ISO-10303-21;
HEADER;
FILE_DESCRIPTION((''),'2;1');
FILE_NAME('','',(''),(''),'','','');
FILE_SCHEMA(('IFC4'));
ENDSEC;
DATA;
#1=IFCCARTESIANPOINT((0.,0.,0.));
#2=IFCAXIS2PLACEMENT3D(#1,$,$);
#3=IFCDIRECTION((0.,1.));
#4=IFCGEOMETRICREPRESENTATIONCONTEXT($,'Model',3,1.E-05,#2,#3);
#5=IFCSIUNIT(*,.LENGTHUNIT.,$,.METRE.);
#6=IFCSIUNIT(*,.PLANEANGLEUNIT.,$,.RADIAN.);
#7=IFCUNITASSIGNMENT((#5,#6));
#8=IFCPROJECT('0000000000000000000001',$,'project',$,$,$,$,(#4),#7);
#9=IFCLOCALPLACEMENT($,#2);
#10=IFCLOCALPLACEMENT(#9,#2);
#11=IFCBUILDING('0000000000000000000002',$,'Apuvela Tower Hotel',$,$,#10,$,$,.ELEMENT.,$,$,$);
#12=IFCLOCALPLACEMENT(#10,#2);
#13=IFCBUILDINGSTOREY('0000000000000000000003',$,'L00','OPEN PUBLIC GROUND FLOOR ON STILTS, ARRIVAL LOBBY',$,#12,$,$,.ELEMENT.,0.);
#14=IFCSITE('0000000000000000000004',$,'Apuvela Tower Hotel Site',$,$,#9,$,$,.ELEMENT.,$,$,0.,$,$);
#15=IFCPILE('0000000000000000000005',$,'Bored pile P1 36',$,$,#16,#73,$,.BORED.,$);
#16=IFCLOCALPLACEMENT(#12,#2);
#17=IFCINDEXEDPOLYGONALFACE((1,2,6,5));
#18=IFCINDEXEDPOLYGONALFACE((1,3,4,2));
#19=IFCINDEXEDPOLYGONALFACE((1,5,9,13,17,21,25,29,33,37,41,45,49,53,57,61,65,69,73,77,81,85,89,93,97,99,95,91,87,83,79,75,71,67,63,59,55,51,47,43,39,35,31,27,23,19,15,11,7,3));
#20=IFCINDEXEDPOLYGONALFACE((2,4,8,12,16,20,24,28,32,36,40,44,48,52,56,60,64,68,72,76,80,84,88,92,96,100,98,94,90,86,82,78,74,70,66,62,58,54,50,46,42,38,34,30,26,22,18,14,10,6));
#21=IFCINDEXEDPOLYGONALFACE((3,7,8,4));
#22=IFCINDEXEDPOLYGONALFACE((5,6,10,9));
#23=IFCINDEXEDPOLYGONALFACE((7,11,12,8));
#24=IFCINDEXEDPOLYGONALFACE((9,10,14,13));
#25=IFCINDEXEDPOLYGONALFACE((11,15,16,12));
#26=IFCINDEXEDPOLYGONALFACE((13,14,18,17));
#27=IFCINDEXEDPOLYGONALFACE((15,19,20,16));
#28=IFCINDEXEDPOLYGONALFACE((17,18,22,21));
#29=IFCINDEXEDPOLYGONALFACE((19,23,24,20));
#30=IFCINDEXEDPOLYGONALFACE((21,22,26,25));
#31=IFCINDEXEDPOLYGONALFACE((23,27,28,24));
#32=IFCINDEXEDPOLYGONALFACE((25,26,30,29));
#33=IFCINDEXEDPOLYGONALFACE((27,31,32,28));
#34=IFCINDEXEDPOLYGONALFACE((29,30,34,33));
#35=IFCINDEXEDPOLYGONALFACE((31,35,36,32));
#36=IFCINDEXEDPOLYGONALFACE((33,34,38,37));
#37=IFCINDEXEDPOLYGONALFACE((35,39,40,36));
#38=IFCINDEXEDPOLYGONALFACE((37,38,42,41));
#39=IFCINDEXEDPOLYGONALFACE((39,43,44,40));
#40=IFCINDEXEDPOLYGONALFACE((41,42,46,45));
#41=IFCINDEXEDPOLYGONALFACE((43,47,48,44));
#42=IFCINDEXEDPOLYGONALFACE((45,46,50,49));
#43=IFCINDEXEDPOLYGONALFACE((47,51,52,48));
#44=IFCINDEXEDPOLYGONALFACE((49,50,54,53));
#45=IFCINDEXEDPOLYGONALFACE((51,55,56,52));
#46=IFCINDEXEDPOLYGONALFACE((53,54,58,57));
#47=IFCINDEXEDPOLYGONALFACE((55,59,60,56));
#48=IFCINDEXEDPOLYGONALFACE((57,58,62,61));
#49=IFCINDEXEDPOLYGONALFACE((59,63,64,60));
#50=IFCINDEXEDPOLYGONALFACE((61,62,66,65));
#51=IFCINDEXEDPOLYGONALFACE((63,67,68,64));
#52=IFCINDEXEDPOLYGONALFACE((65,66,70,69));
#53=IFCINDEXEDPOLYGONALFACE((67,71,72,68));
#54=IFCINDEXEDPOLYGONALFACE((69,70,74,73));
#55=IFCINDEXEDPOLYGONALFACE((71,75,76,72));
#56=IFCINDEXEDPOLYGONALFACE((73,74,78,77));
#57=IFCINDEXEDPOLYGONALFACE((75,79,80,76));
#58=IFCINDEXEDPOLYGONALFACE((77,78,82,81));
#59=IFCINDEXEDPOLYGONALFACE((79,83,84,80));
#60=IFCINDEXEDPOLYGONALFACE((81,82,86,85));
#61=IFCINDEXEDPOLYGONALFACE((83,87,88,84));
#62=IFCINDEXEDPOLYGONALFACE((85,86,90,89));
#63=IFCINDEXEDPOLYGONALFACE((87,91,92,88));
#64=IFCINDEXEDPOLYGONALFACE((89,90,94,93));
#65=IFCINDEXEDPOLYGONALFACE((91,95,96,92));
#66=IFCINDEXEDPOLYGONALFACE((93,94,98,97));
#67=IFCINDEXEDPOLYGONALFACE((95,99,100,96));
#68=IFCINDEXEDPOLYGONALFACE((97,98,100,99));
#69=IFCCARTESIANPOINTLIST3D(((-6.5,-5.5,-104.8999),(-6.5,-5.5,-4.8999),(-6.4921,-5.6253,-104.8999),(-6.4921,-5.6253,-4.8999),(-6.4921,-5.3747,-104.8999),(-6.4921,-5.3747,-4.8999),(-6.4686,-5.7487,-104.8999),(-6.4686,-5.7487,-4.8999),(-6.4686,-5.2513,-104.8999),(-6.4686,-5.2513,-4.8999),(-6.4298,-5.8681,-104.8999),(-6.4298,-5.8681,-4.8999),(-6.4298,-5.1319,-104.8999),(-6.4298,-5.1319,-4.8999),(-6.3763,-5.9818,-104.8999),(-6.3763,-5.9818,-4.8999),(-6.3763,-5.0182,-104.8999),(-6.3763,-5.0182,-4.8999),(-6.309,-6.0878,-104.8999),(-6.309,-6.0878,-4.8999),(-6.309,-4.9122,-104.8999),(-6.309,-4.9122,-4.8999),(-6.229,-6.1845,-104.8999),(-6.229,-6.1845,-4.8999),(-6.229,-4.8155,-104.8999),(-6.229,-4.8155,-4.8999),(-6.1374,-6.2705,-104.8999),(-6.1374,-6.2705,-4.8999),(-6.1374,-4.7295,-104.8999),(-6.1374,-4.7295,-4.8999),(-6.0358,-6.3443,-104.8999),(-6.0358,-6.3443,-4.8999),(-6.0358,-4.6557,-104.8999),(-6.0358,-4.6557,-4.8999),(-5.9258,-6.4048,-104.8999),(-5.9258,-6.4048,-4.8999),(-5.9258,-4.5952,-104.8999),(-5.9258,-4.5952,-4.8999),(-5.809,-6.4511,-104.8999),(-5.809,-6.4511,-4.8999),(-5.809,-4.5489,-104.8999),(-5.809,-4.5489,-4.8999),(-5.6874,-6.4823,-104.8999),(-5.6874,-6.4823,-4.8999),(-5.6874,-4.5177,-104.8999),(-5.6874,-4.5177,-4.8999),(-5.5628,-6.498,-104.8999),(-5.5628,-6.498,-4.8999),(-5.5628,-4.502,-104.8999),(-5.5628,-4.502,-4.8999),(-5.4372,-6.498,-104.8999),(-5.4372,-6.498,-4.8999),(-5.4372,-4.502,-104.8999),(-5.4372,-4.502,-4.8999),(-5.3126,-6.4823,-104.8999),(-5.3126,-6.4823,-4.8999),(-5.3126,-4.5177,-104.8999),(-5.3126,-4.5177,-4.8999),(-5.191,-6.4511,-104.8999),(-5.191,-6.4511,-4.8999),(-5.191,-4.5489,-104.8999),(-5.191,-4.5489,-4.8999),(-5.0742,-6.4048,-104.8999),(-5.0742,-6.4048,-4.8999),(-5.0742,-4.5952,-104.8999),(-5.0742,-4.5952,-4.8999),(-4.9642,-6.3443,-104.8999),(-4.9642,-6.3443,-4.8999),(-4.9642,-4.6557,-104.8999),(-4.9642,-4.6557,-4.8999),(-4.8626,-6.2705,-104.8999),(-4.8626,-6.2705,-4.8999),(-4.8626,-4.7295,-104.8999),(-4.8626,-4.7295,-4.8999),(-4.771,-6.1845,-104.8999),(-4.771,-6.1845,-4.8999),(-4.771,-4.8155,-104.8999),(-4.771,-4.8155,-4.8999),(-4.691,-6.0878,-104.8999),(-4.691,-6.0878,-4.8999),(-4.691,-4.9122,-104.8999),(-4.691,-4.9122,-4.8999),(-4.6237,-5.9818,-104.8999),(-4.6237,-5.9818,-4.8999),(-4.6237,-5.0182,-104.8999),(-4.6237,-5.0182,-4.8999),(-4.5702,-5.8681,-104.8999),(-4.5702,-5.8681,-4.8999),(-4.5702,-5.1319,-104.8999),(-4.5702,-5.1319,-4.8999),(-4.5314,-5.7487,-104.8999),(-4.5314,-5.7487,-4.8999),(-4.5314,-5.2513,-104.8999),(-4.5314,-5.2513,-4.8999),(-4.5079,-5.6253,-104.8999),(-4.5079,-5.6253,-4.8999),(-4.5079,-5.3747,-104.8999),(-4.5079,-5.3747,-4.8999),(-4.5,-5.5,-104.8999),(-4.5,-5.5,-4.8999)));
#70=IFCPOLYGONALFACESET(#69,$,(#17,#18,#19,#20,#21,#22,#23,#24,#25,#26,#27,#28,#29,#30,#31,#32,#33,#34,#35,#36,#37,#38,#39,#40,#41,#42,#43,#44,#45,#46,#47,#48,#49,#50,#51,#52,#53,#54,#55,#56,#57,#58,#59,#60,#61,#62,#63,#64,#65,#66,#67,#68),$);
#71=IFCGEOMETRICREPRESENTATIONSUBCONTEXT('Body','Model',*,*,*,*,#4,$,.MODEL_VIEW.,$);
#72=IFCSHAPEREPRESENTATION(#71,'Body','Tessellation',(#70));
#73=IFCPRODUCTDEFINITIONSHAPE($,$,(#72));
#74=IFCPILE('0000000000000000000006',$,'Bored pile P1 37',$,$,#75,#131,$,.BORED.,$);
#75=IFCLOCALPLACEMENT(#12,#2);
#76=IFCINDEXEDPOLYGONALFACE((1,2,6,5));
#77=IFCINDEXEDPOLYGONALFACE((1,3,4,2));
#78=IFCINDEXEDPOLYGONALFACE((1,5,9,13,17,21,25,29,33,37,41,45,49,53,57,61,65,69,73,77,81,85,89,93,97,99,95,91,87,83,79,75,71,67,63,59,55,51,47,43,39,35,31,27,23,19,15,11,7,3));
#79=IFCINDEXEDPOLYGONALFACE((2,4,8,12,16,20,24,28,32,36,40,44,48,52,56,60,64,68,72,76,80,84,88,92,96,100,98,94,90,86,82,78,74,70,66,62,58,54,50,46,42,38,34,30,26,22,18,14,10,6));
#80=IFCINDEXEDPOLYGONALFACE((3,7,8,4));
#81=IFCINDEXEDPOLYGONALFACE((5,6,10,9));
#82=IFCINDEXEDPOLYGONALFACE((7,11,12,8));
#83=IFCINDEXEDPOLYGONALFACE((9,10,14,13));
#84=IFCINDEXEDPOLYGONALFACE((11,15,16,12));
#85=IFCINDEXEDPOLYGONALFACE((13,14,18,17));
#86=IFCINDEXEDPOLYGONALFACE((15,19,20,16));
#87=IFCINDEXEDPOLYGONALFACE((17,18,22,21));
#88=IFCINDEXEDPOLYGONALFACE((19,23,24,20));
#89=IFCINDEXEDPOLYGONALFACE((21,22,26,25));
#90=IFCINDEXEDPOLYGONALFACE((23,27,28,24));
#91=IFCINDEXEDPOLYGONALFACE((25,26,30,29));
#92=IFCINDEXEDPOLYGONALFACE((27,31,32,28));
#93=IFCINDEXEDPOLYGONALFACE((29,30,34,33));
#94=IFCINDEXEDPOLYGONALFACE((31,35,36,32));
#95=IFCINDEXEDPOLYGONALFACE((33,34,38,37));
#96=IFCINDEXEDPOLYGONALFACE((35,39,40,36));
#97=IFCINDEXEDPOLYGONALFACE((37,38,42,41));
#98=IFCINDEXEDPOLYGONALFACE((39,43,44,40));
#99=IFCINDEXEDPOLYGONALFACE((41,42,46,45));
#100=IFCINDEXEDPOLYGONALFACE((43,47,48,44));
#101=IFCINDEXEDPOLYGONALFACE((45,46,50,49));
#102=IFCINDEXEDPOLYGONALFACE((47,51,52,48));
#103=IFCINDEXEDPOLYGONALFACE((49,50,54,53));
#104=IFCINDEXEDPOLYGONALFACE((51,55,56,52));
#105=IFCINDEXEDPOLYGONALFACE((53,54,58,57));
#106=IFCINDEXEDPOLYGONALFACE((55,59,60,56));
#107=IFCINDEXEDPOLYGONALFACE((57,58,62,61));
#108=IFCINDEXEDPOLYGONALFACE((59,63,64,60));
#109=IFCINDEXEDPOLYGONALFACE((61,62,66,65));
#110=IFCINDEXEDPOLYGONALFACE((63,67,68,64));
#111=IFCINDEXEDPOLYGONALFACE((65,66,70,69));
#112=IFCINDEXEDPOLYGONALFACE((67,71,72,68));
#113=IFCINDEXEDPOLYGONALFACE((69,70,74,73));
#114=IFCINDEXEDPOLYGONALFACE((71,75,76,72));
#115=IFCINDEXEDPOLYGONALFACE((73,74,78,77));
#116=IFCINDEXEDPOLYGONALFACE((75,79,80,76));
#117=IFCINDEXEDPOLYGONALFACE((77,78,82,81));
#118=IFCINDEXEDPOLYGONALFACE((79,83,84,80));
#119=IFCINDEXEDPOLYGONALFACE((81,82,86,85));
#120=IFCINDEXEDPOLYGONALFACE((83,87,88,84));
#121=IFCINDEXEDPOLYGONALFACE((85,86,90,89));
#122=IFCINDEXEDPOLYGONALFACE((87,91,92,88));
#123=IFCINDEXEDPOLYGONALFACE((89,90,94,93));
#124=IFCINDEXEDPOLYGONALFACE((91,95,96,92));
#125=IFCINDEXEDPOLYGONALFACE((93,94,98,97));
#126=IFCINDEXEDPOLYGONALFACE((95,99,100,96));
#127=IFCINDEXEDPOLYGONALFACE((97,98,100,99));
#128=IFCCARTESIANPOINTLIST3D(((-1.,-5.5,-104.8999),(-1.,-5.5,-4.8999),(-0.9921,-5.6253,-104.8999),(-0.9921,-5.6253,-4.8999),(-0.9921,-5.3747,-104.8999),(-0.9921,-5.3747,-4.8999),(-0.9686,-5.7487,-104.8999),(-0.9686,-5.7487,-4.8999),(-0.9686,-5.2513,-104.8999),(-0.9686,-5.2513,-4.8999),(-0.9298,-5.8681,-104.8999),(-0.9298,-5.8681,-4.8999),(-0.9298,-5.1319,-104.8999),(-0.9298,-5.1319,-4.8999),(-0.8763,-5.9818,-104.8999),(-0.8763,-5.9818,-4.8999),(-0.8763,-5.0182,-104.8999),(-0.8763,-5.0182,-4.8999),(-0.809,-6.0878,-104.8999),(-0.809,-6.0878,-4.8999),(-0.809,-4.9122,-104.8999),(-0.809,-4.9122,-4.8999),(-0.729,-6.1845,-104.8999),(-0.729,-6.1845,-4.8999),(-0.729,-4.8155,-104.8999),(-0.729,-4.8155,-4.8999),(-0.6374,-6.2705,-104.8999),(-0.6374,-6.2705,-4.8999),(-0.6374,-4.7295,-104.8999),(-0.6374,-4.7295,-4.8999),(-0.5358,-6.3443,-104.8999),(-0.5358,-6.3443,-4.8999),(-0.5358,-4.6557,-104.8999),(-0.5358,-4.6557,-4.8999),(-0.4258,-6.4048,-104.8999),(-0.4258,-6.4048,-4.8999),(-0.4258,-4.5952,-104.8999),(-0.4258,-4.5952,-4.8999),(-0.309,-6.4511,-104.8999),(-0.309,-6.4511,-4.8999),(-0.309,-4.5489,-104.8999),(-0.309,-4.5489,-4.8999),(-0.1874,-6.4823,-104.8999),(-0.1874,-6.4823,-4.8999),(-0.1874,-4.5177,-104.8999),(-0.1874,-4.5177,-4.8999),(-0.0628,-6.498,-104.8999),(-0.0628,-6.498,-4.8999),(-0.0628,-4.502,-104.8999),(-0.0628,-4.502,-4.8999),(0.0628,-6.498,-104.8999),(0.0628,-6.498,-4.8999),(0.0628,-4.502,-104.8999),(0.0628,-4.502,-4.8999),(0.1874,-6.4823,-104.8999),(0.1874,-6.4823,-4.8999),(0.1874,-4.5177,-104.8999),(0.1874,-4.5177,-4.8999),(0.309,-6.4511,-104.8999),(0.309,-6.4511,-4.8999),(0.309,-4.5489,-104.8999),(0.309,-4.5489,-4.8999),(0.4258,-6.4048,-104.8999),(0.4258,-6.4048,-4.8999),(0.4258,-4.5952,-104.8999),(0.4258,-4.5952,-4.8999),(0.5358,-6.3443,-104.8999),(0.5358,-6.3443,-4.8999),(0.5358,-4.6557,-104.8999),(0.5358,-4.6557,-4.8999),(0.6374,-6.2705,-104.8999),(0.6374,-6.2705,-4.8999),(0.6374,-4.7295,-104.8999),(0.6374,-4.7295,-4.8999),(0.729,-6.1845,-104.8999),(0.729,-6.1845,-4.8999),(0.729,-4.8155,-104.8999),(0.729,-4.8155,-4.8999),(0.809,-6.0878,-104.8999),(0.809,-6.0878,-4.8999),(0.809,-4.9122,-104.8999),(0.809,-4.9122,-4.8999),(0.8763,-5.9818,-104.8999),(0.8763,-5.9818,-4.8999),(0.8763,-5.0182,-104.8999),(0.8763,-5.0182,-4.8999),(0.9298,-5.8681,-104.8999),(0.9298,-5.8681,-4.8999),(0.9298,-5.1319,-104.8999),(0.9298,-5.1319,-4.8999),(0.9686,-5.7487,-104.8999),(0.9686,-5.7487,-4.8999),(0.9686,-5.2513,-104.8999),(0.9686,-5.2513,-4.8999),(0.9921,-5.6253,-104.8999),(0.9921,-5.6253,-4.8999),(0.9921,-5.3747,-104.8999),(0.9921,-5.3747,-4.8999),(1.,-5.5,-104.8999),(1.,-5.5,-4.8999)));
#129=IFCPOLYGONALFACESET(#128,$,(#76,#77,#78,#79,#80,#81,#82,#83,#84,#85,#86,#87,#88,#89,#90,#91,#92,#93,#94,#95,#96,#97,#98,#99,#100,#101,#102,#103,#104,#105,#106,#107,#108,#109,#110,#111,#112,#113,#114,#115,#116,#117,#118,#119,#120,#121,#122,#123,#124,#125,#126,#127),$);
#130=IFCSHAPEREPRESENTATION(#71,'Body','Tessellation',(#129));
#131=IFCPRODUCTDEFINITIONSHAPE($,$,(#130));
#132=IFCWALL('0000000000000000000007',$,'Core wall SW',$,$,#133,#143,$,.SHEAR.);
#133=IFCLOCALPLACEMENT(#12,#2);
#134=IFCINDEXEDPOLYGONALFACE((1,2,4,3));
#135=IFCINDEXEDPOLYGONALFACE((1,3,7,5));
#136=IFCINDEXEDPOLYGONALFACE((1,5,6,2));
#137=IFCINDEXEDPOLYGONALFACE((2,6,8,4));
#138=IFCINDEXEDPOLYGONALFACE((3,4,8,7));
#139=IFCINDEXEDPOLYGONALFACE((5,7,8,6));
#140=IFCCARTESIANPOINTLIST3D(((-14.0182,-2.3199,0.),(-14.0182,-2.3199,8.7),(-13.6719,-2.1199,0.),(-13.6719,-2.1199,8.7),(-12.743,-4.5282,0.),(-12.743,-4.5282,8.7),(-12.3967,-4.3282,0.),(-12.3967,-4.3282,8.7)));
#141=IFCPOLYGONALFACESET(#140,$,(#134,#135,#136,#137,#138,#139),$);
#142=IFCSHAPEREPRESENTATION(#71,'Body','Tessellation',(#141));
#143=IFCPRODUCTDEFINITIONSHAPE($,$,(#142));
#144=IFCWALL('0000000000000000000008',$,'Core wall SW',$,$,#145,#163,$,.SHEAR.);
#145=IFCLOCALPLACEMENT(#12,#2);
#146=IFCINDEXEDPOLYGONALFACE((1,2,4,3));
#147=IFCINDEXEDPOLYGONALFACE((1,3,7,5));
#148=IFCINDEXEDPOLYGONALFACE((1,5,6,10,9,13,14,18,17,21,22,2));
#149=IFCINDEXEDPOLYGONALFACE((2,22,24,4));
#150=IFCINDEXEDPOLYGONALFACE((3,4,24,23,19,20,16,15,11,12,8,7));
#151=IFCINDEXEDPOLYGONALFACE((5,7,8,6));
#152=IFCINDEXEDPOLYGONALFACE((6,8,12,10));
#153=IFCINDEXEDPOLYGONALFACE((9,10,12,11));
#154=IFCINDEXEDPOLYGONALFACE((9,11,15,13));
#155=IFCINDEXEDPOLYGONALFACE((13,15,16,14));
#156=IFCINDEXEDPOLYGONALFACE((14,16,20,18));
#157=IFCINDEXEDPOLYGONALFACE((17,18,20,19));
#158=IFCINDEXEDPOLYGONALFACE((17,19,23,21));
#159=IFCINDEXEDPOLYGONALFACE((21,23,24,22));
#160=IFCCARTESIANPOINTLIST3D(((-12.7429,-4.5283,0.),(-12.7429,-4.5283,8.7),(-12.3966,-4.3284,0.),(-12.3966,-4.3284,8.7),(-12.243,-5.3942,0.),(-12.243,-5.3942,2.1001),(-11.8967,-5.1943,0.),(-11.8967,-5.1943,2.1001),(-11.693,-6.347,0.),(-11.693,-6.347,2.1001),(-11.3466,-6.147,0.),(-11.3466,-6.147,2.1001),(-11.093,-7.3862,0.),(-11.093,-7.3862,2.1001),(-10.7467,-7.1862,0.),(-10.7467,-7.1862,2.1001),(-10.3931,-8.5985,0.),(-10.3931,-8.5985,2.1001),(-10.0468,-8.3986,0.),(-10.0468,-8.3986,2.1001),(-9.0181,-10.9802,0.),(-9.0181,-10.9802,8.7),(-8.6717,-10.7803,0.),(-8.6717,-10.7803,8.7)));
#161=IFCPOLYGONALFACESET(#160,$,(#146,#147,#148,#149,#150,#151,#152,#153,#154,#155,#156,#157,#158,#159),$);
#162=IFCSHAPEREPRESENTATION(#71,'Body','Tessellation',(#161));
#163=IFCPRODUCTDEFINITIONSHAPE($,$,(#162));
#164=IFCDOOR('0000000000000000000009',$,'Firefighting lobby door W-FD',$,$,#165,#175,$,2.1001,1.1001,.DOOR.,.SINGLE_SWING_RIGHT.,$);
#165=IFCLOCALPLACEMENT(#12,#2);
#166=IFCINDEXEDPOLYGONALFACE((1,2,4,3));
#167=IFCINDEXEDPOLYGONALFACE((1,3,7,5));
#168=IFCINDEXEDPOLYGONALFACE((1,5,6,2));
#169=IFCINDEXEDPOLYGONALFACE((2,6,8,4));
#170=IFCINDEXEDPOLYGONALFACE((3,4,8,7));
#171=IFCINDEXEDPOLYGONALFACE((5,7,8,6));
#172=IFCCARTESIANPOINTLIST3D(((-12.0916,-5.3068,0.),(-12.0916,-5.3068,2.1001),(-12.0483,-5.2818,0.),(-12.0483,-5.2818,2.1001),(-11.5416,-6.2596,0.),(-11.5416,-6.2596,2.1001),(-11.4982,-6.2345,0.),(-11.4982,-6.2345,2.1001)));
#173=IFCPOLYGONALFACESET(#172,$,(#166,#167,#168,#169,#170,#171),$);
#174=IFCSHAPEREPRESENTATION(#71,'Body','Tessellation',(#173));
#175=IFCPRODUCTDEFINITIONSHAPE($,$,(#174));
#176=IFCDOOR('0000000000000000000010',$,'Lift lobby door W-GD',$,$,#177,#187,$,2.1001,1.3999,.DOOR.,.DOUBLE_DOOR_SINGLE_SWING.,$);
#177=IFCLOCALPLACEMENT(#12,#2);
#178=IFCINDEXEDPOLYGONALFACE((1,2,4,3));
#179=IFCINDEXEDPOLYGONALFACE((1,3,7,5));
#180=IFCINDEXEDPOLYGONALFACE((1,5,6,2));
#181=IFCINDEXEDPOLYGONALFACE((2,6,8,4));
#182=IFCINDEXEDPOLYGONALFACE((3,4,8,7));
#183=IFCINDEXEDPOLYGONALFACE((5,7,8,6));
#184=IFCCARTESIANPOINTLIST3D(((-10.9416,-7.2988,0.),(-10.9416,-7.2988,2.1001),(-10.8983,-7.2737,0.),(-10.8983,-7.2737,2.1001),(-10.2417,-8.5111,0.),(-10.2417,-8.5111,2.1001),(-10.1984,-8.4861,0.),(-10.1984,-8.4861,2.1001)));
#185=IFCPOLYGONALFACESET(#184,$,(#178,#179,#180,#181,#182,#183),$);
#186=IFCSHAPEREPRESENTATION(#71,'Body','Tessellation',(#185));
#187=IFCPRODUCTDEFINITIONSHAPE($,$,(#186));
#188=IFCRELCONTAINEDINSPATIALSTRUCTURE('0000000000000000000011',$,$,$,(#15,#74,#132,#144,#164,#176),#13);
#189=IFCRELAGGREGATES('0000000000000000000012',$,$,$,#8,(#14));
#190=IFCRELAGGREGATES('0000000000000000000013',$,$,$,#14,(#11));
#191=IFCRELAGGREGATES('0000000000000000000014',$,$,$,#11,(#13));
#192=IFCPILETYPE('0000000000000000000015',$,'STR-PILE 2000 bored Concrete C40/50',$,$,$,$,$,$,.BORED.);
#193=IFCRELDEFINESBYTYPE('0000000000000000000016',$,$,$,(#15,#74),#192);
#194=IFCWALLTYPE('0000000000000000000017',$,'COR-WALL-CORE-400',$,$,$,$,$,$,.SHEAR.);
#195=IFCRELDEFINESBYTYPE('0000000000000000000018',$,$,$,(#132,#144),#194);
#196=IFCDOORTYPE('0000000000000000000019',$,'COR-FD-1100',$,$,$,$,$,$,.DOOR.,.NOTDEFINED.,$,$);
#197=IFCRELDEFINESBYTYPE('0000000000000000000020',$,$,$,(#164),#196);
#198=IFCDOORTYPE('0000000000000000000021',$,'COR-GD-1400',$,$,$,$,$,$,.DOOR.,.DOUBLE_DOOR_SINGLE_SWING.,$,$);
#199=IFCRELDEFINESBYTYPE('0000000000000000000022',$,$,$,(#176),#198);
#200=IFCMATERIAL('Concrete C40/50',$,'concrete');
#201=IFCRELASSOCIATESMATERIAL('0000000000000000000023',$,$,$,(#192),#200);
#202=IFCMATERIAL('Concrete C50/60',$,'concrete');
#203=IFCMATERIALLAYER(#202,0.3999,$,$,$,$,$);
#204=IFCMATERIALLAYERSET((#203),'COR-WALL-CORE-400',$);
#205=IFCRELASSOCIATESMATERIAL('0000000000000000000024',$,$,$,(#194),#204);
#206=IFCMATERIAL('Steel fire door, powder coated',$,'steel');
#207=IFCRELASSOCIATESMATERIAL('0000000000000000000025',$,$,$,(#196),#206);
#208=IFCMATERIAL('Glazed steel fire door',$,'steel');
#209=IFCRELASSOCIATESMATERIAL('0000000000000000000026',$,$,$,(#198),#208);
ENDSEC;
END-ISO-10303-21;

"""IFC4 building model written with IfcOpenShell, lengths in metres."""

from ifc_helpers import new_model, si_unit, direction, frame, frame_2d, origin, origin_2d, place, context, subcontext, project, spatial, rectangle, circle, extrude, material, layer, layer_set, material_profile, profile_set, type_object, element, fill, save


model = new_model("IFC4")

# Units and contexts
model_context = context("Model", 3, precision=1e-05, world=origin(), true_north=direction((0.0, 1.0)))
body_context = subcontext(model_context, "Body", "Model", "MODEL_VIEW")
ifc_project = project(units=[si_unit("LENGTHUNIT", "METRE"), si_unit("PLANEANGLEUNIT", "RADIAN")], contexts=[model_context])

# Site, building, storey
site_placement = place(None, origin())
site = spatial("IfcSite", under=ifc_project, at=site_placement, Name="Apuvela Tower Hotel Site", CompositionType="ELEMENT", RefElevation=0.0)
building_placement = place(site_placement, origin())
building = spatial("IfcBuilding", under=site, at=building_placement, Name="Apuvela Tower Hotel", CompositionType="ELEMENT")
storey_placement = place(building_placement, origin())
storey = spatial("IfcBuildingStorey", under=building, at=storey_placement, Name="L00", Description="OPEN PUBLIC GROUND FLOOR ON STILTS, ARRIVAL LOBBY", CompositionType="ELEMENT", Elevation=0.0)

# Piles
ifc_material_1 = material(Name="Concrete C40/50", Category="concrete")
ifc_material_profile = material_profile(ifc_material_1, circle(Radius=1.0, at=origin_2d()), Name="PILE 2000")
ifc_profile_set = profile_set([ifc_material_profile], Name="Concrete C40/50")
pile_type = type_object("IfcPileType", Name="STR-PILE 2000 bored Concrete C40/50", PredefinedType="BORED", material=ifc_profile_set)
for number, where, z_axis, x_axis, name in (
    (1, (-5.5, -5.5, -4.8999), (0.0, 0.0, -1.0), (1.0, 0.0, 0.0), "Bored pile P1 36"),
    (2, (0.0, -5.5, -4.8999), (0.0, 0.0, -1.0), (1.0, 0.0, 0.0), "Bored pile P1 37"),
):
    element("IfcPile", number, at=place(storey_placement, frame(where, z_axis=z_axis, x_axis=x_axis)), inside=storey, type_object=pile_type, Name=name, PredefinedType="BORED", context=body_context, shape_type="SweptSolid", body=[
        extrude(circle(Radius=1.0, at=origin_2d()), origin(), (0.0, 0.0, 1.0), 100.0),
    ])

# Wall
ifc_material_2 = material(Name="Concrete C50/60", Category="concrete")
ifc_layer_1 = layer(ifc_material_2, 0.3999)
ifc_layer_set_1 = layer_set([ifc_layer_1], Name="COR-WALL-CORE-400")
wall_type_1 = type_object("IfcWallType", Name="COR-WALL-CORE-400", PredefinedType="SHEAR", material=ifc_layer_set_1)
wall_1_placement = place(storey_placement, frame((-13.845, -2.22, 0.0), z_axis=(0.0, 0.0, 1.0), x_axis=(0.500062, -0.865989, 0.0)))
element("IfcWall", 3, at=wall_1_placement, inside=storey, type_object=wall_type_1, Name="Core wall SW", PredefinedType="SHEAR", context=body_context, shape_type="SweptSolid", body=[
    extrude(rectangle(XDim=2.55, YDim=0.3999, at=frame_2d((1.2749, 0.0))), origin(), (0.0, 0.0, 1.0), 8.7),
])

# Wall, openings, doors
wall_2_placement = place(storey_placement, frame((-12.5698, -4.4282, 0.0), z_axis=(0.0, 0.0, 1.0), x_axis=(0.499984, -0.866034, 0.0)))
wall_2 = element("IfcWall", 4, at=wall_2_placement, inside=storey, type_object=wall_type_1, Name="Core wall SW", PredefinedType="SHEAR", context=body_context, shape_type="SweptSolid", body=[
    extrude(rectangle(XDim=7.45, YDim=0.3999, at=frame_2d((3.7251, 0.0))), origin(), (0.0, 0.0, 1.0), 8.7),
])
opening_1_placement = place(wall_2_placement, frame((1.0, 0.0, 0.0)))
opening_1 = element("IfcOpeningElement", 5, at=opening_1_placement, cuts=wall_2, PredefinedType="OPENING", context=body_context, shape_type="SweptSolid", body=[
    extrude(rectangle(XDim=1.1001, YDim=2.1001, at=frame_2d((0.55, 1.05))), frame((0.0, 0.21, 0.0), z_axis=(0.0, -1.0, 0.0), x_axis=(1.0, 0.0, 0.0)), (0.0, 0.0, 1.0), 0.4199),
])
opening_2_placement = place(wall_2_placement, frame((3.3, 0.0, 0.0)))
opening_2 = element("IfcOpeningElement", 6, at=opening_2_placement, cuts=wall_2, PredefinedType="OPENING", context=body_context, shape_type="SweptSolid", body=[
    extrude(rectangle(XDim=1.3999, YDim=2.1001, at=frame_2d((0.7, 1.05))), frame((0.0, 0.21, 0.0), z_axis=(0.0, -1.0, 0.0), x_axis=(1.0, 0.0, 0.0)), (0.0, 0.0, 1.0), 0.4199),
])
ifc_material_3 = material(Name="Steel fire door, powder coated", Category="steel")
door_type_1 = type_object("IfcDoorType", Name="COR-FD-1100", OperationType="NOTDEFINED", PredefinedType="DOOR", material=ifc_material_3)
door_1_placement = place(opening_1_placement, origin())
door_1 = element("IfcDoor", 7, at=door_1_placement, inside=storey, type_object=door_type_1, Name="Firefighting lobby door W-FD", OperationType="SINGLE_SWING_RIGHT", OverallHeight=2.1001, OverallWidth=1.1001, PredefinedType="DOOR", context=body_context, shape_type="SweptSolid", body=[
    extrude(rectangle(XDim=1.1001, YDim=2.1001, at=frame_2d((0.55, 1.05))), frame((0.0, 0.0249, 0.0), z_axis=(0.0, -1.0, 0.0), x_axis=(1.0, 0.0, 0.0)), (0.0, 0.0, 1.0), 0.05),
])
fill(opening_1, door_1)
ifc_material_4 = material(Name="Glazed steel fire door", Category="steel")
door_type_2 = type_object("IfcDoorType", Name="COR-GD-1400", OperationType="DOUBLE_DOOR_SINGLE_SWING", PredefinedType="DOOR", material=ifc_material_4)
door_2_placement = place(opening_2_placement, origin())
door_2 = element("IfcDoor", 8, at=door_2_placement, inside=storey, type_object=door_type_2, Name="Lift lobby door W-GD", OperationType="DOUBLE_DOOR_SINGLE_SWING", OverallHeight=2.1001, OverallWidth=1.3999, PredefinedType="DOOR", context=body_context, shape_type="SweptSolid", body=[
    extrude(rectangle(XDim=1.3999, YDim=2.1001, at=frame_2d((0.7, 1.05))), frame((0.0, 0.0249, 0.0), z_axis=(0.0, -1.0, 0.0), x_axis=(1.0, 0.0, 0.0)), (0.0, 0.0, 1.0), 0.05),
])
fill(opening_2, door_2)

save(model, "model.ifc")
